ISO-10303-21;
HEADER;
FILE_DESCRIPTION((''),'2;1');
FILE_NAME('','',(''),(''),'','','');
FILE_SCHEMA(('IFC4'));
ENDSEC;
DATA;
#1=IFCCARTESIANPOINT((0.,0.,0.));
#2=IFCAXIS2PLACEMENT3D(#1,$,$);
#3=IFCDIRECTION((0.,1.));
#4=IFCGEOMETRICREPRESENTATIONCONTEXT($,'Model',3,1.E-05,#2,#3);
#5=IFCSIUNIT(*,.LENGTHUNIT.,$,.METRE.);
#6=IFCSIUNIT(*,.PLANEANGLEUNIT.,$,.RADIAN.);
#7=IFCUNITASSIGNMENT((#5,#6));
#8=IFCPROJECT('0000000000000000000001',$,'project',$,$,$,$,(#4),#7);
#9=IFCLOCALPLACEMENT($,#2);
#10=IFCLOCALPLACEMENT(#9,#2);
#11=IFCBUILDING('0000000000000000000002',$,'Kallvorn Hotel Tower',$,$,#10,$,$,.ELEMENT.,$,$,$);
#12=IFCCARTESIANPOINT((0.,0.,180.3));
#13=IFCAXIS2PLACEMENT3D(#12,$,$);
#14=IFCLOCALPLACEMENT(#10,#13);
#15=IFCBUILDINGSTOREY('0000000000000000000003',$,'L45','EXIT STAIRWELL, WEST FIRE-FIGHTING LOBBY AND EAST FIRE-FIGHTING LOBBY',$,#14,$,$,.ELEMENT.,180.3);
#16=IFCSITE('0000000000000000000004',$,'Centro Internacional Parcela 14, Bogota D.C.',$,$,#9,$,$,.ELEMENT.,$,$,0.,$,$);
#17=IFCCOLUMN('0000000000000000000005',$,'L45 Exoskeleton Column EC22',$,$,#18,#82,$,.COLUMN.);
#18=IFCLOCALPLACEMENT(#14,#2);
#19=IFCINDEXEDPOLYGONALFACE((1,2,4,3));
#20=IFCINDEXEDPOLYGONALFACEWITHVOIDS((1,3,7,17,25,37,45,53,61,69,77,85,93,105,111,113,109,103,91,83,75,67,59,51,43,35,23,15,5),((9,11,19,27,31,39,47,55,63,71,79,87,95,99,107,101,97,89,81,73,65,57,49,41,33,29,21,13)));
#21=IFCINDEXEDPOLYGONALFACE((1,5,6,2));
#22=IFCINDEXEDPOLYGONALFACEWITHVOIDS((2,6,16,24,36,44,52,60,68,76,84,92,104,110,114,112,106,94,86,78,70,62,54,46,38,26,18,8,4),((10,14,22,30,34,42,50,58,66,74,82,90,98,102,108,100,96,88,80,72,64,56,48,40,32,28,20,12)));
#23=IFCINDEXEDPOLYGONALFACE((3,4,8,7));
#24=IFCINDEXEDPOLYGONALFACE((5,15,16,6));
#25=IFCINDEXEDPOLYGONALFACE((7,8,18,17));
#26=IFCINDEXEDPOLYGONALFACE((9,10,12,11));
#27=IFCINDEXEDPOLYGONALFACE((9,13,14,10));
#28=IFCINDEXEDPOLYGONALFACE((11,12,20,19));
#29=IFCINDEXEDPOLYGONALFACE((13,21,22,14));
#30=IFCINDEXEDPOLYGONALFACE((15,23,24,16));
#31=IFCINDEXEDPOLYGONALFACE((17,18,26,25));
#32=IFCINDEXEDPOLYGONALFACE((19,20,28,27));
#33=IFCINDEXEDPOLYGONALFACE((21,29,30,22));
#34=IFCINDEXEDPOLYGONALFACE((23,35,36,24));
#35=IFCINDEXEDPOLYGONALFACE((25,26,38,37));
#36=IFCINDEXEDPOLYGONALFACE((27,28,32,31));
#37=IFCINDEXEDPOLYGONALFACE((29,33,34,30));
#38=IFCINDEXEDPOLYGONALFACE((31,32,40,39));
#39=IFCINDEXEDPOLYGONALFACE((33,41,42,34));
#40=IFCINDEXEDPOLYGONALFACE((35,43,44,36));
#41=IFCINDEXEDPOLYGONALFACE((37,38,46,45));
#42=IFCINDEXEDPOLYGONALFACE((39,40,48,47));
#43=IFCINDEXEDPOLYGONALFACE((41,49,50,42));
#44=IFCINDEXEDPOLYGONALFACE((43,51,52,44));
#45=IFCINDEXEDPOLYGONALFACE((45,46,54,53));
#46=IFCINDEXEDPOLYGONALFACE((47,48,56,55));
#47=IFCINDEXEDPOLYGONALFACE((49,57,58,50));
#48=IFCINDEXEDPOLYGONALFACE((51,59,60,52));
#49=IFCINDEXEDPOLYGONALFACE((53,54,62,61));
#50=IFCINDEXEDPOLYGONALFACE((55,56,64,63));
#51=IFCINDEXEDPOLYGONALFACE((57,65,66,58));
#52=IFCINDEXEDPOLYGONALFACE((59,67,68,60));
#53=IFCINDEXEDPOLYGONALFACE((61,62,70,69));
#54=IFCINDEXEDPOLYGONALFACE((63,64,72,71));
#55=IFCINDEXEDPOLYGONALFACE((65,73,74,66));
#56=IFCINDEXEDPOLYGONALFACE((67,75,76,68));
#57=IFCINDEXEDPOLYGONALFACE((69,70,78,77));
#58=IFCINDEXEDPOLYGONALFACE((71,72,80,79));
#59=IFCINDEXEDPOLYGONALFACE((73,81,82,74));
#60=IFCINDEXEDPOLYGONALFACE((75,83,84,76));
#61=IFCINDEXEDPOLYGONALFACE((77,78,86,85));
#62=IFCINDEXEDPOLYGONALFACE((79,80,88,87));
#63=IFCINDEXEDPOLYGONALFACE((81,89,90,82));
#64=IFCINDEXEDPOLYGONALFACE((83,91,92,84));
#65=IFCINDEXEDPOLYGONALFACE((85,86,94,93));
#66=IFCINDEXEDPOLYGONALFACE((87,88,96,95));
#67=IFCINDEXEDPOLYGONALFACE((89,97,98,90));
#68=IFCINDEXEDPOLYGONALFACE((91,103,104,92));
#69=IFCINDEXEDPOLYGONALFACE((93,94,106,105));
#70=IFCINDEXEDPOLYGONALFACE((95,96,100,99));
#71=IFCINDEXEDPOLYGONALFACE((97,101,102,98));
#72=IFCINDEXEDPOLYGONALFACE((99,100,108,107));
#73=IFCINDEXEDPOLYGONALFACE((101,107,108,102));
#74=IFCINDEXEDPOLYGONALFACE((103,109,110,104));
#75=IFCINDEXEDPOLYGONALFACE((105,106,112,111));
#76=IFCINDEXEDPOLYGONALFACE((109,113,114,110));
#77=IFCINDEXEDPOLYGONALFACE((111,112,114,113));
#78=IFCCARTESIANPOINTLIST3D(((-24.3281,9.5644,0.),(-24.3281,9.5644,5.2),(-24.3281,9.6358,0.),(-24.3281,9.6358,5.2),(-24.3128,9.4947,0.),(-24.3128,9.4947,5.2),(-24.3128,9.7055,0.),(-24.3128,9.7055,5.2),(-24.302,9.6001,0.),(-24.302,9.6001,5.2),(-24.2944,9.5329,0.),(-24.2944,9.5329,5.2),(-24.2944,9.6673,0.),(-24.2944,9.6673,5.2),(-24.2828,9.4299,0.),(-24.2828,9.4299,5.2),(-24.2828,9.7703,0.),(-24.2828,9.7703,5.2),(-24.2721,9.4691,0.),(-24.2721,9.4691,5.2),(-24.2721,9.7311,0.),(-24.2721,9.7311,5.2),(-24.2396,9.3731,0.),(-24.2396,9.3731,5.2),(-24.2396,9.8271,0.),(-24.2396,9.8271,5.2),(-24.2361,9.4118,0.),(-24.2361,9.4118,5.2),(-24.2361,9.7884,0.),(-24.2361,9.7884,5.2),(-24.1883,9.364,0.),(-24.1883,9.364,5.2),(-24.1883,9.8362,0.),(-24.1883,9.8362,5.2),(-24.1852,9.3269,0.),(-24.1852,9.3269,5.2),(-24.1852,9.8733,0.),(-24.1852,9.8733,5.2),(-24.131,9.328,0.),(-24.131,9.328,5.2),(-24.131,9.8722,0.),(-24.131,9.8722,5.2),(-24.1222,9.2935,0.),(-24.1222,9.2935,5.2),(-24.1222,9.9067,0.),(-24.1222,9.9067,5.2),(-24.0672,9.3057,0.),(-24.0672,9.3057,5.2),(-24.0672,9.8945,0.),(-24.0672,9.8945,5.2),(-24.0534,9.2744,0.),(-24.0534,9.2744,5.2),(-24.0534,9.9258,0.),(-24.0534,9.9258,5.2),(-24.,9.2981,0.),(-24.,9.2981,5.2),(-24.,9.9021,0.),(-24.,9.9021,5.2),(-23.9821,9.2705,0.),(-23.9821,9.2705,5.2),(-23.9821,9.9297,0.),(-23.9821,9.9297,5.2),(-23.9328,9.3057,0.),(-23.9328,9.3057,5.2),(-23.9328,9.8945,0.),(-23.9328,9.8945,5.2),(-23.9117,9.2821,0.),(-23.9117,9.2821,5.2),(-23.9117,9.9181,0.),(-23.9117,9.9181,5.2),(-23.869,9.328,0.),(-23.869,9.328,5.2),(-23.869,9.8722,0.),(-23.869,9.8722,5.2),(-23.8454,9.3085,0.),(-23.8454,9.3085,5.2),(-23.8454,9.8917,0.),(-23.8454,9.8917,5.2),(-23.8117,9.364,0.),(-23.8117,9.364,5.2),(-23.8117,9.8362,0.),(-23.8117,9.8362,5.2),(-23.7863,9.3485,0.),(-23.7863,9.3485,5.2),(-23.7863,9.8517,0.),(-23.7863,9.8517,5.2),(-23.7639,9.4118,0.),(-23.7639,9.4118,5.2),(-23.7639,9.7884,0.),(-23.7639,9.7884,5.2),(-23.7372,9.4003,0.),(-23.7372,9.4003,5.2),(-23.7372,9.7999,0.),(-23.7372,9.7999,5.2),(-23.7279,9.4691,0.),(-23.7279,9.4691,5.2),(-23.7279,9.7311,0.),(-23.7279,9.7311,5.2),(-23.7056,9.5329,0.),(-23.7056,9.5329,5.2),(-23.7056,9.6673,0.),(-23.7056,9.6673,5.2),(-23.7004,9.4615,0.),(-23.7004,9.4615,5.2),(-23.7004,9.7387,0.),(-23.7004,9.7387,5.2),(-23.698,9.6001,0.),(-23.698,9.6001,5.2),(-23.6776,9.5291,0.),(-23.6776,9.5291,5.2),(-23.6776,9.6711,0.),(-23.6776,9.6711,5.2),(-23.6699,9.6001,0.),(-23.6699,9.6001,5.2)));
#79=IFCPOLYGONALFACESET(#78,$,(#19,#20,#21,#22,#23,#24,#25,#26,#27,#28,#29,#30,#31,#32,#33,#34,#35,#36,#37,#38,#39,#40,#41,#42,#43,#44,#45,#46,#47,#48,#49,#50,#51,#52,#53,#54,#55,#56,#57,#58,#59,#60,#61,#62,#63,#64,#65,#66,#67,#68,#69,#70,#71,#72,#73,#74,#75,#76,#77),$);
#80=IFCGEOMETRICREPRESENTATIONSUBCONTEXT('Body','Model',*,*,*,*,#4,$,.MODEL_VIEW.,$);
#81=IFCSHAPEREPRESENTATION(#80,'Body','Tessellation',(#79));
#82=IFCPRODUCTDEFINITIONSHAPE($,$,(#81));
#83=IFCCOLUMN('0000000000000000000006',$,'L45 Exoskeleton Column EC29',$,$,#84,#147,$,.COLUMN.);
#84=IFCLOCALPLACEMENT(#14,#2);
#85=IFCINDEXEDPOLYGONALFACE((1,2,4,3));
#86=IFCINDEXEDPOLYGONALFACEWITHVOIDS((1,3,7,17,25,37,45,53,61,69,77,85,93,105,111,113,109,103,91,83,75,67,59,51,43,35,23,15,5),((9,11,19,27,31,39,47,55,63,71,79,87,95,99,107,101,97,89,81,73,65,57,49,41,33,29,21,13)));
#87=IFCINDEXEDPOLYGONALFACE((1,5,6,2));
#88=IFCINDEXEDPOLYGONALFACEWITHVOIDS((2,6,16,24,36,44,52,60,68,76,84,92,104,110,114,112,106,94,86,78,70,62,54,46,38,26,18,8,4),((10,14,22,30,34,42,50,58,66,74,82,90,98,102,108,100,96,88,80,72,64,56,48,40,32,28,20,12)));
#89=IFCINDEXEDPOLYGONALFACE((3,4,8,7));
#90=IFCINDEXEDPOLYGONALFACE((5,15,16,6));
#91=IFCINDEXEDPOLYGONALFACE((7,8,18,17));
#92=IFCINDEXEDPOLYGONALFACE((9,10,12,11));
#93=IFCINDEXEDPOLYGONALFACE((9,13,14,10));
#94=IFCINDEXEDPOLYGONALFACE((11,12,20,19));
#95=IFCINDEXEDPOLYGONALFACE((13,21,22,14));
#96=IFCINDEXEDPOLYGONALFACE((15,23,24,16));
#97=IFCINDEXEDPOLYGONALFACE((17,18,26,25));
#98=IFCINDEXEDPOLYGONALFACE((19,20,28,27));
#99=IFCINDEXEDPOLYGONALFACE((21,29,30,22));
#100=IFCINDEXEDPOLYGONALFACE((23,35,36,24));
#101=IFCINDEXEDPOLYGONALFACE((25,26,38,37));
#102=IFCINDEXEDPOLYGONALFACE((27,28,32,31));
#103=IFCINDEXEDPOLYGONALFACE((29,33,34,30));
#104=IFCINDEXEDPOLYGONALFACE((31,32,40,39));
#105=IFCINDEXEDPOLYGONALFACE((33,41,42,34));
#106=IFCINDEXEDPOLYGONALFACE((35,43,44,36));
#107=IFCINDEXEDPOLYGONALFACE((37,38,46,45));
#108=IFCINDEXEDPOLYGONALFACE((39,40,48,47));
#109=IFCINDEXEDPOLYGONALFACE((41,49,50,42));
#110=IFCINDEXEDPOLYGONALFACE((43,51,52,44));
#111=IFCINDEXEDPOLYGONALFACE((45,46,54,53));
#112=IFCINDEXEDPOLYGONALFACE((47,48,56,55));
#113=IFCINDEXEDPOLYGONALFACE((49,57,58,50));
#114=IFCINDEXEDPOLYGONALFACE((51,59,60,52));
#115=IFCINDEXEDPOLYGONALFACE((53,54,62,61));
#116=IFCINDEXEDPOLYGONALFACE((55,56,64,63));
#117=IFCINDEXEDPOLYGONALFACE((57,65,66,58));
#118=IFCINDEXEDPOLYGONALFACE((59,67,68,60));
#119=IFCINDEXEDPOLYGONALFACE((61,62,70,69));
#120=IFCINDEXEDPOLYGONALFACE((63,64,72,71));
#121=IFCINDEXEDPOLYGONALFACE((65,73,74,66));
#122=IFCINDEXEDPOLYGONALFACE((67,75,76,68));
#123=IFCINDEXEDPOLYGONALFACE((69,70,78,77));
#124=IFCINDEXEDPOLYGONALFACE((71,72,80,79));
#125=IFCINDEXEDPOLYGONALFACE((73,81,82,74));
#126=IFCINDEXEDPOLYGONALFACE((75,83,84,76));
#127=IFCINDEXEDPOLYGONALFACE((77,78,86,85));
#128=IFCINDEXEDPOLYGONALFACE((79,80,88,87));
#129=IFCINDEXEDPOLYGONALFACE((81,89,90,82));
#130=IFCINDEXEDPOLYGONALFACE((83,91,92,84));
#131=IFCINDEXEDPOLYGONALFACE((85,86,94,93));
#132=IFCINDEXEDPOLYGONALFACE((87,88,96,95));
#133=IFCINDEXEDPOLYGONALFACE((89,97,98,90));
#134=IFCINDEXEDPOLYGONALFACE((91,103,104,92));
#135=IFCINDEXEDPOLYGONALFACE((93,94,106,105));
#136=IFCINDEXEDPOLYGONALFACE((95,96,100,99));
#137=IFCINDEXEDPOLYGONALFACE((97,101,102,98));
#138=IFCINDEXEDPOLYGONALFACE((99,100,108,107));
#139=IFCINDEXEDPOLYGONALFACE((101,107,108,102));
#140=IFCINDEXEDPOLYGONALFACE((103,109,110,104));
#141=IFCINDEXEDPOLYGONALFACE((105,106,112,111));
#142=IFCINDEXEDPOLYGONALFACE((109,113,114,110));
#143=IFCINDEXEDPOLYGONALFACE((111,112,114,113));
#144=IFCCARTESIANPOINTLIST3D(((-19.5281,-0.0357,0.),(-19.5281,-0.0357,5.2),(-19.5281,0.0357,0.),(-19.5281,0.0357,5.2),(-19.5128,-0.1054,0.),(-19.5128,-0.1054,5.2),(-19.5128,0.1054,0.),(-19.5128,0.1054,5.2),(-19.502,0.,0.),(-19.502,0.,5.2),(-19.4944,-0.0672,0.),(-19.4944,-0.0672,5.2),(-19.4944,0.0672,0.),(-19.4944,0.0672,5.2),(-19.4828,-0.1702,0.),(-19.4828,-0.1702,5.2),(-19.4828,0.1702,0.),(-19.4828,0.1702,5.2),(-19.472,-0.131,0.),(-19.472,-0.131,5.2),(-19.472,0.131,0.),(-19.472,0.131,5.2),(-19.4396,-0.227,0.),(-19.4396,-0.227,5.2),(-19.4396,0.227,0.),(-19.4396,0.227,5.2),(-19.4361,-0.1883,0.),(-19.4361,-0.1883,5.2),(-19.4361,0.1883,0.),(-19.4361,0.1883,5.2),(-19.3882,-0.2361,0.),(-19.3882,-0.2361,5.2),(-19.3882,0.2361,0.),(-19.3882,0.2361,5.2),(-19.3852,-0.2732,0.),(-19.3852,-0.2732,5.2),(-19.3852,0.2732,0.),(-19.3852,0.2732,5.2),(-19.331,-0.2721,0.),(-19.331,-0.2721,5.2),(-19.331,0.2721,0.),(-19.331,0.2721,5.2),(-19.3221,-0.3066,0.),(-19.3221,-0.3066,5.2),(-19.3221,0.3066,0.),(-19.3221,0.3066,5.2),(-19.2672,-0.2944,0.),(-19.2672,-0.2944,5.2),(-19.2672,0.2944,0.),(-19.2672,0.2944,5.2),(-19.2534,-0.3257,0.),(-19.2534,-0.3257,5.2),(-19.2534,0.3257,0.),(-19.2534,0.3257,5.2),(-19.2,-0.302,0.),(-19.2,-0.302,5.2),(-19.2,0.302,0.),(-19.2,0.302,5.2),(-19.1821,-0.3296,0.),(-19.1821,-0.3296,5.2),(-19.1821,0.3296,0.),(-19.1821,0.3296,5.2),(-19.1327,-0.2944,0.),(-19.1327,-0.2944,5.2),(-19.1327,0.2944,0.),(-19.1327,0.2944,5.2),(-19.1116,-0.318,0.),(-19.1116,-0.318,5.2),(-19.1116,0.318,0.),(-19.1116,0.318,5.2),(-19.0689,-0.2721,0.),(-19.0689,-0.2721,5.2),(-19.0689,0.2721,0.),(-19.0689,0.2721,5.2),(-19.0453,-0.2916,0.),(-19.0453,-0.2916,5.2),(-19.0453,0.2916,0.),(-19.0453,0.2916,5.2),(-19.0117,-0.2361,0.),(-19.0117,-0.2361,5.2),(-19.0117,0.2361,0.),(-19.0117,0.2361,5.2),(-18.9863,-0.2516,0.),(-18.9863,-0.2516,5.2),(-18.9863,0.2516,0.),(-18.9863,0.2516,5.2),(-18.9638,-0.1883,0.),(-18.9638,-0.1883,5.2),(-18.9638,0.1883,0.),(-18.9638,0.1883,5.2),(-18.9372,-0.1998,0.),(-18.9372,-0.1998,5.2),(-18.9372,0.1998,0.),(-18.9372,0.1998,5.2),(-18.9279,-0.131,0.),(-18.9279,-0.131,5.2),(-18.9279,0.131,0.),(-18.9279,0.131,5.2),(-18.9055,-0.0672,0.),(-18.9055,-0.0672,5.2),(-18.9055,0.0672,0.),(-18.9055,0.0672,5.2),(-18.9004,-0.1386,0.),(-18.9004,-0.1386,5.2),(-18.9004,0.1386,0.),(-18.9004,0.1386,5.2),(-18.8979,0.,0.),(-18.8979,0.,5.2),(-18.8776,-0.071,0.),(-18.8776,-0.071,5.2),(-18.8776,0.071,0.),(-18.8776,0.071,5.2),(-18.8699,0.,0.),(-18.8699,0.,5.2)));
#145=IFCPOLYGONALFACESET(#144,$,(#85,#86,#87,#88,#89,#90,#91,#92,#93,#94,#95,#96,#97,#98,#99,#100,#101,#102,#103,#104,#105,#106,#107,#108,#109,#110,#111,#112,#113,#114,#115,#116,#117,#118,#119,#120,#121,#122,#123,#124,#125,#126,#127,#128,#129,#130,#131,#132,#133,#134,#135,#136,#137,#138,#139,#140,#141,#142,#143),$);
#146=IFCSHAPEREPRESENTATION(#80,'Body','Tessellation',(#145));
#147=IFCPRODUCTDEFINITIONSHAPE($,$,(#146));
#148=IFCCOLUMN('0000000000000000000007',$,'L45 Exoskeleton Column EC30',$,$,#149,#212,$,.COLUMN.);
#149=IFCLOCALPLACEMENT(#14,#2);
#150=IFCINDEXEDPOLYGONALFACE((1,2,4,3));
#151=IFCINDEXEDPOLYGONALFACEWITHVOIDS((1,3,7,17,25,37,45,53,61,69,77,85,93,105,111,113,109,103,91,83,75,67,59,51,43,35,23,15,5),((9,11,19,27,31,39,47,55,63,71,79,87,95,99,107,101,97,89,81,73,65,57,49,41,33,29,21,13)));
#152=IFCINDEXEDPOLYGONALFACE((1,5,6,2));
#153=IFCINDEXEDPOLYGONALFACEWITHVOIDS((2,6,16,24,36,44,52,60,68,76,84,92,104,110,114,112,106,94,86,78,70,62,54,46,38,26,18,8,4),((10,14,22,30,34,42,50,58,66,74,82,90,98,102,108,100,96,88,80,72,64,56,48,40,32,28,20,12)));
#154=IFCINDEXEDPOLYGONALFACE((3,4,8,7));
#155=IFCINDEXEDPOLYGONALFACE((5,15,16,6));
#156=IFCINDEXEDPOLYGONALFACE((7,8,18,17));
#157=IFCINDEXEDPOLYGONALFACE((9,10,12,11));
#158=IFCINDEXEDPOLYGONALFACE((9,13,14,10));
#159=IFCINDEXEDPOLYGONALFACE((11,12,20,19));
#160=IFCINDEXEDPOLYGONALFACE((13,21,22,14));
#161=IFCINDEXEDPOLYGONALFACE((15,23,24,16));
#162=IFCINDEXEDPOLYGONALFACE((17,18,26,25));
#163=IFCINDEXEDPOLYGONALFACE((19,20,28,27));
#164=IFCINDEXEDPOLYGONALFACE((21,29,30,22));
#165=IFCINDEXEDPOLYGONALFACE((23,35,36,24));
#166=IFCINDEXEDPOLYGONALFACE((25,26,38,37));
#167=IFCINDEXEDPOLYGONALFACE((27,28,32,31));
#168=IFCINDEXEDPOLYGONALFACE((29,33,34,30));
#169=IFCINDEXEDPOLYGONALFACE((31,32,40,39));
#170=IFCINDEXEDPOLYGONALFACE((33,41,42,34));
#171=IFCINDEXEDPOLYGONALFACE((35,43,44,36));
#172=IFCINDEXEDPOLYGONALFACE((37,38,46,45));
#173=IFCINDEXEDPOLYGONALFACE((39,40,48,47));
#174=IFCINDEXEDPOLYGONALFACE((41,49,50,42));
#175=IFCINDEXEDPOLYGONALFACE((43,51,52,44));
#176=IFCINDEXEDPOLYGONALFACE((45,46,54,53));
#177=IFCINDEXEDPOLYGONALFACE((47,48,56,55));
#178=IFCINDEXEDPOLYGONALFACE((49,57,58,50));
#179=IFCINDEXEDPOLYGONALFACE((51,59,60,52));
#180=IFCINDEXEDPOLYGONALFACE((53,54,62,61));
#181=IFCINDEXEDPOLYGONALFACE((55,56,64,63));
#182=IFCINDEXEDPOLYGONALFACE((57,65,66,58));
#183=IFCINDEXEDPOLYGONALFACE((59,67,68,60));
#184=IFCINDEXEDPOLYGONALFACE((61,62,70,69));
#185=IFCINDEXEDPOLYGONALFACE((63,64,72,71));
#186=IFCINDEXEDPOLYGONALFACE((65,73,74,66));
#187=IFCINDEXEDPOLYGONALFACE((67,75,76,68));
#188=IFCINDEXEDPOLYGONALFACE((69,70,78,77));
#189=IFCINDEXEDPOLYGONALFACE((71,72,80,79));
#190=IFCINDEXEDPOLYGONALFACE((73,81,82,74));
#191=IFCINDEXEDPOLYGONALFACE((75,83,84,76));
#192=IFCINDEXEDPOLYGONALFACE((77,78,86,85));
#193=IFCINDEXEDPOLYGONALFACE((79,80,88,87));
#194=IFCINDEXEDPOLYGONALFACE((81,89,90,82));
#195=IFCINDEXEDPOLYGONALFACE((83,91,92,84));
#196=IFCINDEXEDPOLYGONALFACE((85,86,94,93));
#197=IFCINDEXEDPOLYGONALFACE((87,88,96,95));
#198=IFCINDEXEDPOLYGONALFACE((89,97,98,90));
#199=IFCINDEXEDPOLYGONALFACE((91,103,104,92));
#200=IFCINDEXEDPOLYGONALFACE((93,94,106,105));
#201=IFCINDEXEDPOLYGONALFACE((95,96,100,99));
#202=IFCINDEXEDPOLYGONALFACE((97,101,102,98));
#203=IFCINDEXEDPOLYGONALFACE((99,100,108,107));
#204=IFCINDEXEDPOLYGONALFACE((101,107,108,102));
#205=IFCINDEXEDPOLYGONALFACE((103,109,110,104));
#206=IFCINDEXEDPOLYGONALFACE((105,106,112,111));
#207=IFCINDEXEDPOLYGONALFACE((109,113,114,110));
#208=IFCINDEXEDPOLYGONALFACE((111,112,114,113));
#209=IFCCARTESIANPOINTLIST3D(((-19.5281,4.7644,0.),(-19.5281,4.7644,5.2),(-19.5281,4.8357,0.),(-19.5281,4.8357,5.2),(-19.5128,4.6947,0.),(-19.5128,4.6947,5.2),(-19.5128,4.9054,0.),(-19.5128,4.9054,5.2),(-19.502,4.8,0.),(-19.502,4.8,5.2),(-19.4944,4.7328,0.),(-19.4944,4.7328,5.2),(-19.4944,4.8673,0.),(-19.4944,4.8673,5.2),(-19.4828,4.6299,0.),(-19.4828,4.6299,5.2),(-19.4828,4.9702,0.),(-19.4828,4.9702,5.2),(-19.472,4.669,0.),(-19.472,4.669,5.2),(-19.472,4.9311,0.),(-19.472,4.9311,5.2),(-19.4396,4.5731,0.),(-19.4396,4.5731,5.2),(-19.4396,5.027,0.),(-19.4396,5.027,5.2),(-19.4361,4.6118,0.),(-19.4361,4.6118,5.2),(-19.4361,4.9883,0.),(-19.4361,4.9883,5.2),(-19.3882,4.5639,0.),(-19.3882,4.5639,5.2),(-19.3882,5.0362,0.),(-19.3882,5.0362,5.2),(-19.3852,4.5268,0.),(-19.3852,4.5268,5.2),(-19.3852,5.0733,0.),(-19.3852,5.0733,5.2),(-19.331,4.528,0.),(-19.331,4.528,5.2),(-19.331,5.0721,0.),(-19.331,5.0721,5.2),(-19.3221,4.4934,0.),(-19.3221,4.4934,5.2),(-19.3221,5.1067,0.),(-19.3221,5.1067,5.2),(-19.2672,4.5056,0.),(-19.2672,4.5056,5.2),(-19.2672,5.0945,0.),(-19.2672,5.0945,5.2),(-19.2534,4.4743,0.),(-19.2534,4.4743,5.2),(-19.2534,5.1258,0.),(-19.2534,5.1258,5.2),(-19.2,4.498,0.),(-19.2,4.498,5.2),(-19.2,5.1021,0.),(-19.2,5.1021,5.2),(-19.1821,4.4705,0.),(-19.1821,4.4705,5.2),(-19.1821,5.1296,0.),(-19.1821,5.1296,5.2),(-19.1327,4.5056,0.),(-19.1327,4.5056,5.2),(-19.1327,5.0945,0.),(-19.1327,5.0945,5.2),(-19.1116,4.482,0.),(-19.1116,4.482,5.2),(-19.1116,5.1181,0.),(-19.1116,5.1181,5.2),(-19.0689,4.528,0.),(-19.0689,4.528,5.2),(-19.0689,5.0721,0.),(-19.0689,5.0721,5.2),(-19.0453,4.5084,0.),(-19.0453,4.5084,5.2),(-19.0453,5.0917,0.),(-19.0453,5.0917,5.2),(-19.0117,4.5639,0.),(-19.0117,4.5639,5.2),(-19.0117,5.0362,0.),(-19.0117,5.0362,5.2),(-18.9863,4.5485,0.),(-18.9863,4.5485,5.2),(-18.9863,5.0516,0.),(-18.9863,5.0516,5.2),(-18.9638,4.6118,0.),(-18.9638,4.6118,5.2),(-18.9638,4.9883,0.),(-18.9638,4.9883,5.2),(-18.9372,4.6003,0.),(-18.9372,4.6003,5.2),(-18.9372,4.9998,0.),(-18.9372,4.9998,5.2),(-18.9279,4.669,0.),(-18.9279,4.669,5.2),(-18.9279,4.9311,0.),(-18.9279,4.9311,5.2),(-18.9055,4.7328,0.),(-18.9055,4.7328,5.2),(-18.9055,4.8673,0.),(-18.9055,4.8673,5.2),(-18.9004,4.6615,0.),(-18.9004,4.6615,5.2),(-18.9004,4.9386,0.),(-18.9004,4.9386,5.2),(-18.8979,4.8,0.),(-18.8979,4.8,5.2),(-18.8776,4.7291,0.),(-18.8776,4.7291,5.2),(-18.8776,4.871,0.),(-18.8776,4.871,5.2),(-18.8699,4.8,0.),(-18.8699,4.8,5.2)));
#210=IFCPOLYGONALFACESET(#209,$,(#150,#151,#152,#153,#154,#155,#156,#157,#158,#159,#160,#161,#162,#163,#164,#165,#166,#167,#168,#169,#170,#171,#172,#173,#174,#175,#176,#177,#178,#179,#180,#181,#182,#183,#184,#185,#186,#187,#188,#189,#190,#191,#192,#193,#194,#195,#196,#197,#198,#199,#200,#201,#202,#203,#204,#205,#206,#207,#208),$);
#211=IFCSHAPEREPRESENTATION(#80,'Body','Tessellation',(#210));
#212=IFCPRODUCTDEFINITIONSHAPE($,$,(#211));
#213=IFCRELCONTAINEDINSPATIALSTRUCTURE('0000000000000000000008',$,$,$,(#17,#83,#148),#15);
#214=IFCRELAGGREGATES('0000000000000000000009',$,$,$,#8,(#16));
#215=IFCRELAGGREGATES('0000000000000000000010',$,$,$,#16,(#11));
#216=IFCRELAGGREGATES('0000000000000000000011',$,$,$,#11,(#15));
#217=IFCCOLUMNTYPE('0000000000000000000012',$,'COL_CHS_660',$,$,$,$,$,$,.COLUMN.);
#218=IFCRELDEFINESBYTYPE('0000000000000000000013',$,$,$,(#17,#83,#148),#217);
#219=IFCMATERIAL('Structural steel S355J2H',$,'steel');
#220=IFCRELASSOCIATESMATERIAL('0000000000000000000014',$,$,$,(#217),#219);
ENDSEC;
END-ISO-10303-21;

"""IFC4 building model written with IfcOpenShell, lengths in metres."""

from ifc_helpers import new_model, si_unit, direction, frame, origin, origin_2d, place, context, subcontext, project, spatial, hollow_circle, extrude, material, material_profile, profile_set, type_object, element, save


model = new_model("IFC4")

# Units and contexts
model_context = context("Model", 3, precision=1e-05, world=origin(), true_north=direction((0.0, 1.0)))
body_context = subcontext(model_context, "Body", "Model", "MODEL_VIEW")
ifc_project = project(units=[si_unit("LENGTHUNIT", "METRE"), si_unit("PLANEANGLEUNIT", "RADIAN")], contexts=[model_context])

# Site, building, storey
site_placement = place(None, origin())
site = spatial("IfcSite", under=ifc_project, at=site_placement, Name="Centro Internacional Parcela 14, Bogota D.C.", CompositionType="ELEMENT", RefElevation=0.0)
building_placement = place(site_placement, origin())
building = spatial("IfcBuilding", under=site, at=building_placement, Name="Kallvorn Hotel Tower", CompositionType="ELEMENT")
storey_placement = place(building_placement, frame((0.0, 0.0, 180.3)))
storey = spatial("IfcBuildingStorey", under=building, at=storey_placement, Name="L45", Description="EXIT STAIRWELL, WEST FIRE-FIGHTING LOBBY AND EAST FIRE-FIGHTING LOBBY", CompositionType="ELEMENT", Elevation=180.3)

# Columns
ifc_material_1 = material(Name="Structural steel S355J2H", Category="steel")
ifc_material_profile_1 = material_profile(ifc_material_1, hollow_circle(Radius=0.3301, WallThickness=0.0281, at=origin_2d()), Name="CHS 660x28")
ifc_profile_set_1 = profile_set([ifc_material_profile_1], Name="Structural steel S355J2H")
column_type_1 = type_object("IfcColumnType", Name="COL_CHS_660", PredefinedType="COLUMN", material=ifc_profile_set_1)
for number, where, z_axis, x_axis, name in (
    (1, (-24.0, 9.6001, 0.0), (0.0, 0.0, 1.0), (1.0, 0.0, 0.0), "L45 Exoskeleton Column EC22"),
    (2, (-19.2, 0.0, 0.0), (0.0, 0.0, 1.0), (1.0, 0.0, 0.0), "L45 Exoskeleton Column EC29"),
    (3, (-19.2, 4.8, 0.0), (0.0, 0.0, 1.0), (1.0, 0.0, 0.0), "L45 Exoskeleton Column EC30"),
):
    element("IfcColumn", number, at=place(storey_placement, frame(where, z_axis=z_axis, x_axis=x_axis)), inside=storey, type_object=column_type_1, Name=name, PredefinedType="COLUMN", context=body_context, shape_type="SweptSolid", body=[
        extrude(hollow_circle(Radius=0.3301, WallThickness=0.0281, at=origin_2d()), origin(), (0.0, 0.0, 1.0), 5.2),
    ])

save(model, "model.ifc")
